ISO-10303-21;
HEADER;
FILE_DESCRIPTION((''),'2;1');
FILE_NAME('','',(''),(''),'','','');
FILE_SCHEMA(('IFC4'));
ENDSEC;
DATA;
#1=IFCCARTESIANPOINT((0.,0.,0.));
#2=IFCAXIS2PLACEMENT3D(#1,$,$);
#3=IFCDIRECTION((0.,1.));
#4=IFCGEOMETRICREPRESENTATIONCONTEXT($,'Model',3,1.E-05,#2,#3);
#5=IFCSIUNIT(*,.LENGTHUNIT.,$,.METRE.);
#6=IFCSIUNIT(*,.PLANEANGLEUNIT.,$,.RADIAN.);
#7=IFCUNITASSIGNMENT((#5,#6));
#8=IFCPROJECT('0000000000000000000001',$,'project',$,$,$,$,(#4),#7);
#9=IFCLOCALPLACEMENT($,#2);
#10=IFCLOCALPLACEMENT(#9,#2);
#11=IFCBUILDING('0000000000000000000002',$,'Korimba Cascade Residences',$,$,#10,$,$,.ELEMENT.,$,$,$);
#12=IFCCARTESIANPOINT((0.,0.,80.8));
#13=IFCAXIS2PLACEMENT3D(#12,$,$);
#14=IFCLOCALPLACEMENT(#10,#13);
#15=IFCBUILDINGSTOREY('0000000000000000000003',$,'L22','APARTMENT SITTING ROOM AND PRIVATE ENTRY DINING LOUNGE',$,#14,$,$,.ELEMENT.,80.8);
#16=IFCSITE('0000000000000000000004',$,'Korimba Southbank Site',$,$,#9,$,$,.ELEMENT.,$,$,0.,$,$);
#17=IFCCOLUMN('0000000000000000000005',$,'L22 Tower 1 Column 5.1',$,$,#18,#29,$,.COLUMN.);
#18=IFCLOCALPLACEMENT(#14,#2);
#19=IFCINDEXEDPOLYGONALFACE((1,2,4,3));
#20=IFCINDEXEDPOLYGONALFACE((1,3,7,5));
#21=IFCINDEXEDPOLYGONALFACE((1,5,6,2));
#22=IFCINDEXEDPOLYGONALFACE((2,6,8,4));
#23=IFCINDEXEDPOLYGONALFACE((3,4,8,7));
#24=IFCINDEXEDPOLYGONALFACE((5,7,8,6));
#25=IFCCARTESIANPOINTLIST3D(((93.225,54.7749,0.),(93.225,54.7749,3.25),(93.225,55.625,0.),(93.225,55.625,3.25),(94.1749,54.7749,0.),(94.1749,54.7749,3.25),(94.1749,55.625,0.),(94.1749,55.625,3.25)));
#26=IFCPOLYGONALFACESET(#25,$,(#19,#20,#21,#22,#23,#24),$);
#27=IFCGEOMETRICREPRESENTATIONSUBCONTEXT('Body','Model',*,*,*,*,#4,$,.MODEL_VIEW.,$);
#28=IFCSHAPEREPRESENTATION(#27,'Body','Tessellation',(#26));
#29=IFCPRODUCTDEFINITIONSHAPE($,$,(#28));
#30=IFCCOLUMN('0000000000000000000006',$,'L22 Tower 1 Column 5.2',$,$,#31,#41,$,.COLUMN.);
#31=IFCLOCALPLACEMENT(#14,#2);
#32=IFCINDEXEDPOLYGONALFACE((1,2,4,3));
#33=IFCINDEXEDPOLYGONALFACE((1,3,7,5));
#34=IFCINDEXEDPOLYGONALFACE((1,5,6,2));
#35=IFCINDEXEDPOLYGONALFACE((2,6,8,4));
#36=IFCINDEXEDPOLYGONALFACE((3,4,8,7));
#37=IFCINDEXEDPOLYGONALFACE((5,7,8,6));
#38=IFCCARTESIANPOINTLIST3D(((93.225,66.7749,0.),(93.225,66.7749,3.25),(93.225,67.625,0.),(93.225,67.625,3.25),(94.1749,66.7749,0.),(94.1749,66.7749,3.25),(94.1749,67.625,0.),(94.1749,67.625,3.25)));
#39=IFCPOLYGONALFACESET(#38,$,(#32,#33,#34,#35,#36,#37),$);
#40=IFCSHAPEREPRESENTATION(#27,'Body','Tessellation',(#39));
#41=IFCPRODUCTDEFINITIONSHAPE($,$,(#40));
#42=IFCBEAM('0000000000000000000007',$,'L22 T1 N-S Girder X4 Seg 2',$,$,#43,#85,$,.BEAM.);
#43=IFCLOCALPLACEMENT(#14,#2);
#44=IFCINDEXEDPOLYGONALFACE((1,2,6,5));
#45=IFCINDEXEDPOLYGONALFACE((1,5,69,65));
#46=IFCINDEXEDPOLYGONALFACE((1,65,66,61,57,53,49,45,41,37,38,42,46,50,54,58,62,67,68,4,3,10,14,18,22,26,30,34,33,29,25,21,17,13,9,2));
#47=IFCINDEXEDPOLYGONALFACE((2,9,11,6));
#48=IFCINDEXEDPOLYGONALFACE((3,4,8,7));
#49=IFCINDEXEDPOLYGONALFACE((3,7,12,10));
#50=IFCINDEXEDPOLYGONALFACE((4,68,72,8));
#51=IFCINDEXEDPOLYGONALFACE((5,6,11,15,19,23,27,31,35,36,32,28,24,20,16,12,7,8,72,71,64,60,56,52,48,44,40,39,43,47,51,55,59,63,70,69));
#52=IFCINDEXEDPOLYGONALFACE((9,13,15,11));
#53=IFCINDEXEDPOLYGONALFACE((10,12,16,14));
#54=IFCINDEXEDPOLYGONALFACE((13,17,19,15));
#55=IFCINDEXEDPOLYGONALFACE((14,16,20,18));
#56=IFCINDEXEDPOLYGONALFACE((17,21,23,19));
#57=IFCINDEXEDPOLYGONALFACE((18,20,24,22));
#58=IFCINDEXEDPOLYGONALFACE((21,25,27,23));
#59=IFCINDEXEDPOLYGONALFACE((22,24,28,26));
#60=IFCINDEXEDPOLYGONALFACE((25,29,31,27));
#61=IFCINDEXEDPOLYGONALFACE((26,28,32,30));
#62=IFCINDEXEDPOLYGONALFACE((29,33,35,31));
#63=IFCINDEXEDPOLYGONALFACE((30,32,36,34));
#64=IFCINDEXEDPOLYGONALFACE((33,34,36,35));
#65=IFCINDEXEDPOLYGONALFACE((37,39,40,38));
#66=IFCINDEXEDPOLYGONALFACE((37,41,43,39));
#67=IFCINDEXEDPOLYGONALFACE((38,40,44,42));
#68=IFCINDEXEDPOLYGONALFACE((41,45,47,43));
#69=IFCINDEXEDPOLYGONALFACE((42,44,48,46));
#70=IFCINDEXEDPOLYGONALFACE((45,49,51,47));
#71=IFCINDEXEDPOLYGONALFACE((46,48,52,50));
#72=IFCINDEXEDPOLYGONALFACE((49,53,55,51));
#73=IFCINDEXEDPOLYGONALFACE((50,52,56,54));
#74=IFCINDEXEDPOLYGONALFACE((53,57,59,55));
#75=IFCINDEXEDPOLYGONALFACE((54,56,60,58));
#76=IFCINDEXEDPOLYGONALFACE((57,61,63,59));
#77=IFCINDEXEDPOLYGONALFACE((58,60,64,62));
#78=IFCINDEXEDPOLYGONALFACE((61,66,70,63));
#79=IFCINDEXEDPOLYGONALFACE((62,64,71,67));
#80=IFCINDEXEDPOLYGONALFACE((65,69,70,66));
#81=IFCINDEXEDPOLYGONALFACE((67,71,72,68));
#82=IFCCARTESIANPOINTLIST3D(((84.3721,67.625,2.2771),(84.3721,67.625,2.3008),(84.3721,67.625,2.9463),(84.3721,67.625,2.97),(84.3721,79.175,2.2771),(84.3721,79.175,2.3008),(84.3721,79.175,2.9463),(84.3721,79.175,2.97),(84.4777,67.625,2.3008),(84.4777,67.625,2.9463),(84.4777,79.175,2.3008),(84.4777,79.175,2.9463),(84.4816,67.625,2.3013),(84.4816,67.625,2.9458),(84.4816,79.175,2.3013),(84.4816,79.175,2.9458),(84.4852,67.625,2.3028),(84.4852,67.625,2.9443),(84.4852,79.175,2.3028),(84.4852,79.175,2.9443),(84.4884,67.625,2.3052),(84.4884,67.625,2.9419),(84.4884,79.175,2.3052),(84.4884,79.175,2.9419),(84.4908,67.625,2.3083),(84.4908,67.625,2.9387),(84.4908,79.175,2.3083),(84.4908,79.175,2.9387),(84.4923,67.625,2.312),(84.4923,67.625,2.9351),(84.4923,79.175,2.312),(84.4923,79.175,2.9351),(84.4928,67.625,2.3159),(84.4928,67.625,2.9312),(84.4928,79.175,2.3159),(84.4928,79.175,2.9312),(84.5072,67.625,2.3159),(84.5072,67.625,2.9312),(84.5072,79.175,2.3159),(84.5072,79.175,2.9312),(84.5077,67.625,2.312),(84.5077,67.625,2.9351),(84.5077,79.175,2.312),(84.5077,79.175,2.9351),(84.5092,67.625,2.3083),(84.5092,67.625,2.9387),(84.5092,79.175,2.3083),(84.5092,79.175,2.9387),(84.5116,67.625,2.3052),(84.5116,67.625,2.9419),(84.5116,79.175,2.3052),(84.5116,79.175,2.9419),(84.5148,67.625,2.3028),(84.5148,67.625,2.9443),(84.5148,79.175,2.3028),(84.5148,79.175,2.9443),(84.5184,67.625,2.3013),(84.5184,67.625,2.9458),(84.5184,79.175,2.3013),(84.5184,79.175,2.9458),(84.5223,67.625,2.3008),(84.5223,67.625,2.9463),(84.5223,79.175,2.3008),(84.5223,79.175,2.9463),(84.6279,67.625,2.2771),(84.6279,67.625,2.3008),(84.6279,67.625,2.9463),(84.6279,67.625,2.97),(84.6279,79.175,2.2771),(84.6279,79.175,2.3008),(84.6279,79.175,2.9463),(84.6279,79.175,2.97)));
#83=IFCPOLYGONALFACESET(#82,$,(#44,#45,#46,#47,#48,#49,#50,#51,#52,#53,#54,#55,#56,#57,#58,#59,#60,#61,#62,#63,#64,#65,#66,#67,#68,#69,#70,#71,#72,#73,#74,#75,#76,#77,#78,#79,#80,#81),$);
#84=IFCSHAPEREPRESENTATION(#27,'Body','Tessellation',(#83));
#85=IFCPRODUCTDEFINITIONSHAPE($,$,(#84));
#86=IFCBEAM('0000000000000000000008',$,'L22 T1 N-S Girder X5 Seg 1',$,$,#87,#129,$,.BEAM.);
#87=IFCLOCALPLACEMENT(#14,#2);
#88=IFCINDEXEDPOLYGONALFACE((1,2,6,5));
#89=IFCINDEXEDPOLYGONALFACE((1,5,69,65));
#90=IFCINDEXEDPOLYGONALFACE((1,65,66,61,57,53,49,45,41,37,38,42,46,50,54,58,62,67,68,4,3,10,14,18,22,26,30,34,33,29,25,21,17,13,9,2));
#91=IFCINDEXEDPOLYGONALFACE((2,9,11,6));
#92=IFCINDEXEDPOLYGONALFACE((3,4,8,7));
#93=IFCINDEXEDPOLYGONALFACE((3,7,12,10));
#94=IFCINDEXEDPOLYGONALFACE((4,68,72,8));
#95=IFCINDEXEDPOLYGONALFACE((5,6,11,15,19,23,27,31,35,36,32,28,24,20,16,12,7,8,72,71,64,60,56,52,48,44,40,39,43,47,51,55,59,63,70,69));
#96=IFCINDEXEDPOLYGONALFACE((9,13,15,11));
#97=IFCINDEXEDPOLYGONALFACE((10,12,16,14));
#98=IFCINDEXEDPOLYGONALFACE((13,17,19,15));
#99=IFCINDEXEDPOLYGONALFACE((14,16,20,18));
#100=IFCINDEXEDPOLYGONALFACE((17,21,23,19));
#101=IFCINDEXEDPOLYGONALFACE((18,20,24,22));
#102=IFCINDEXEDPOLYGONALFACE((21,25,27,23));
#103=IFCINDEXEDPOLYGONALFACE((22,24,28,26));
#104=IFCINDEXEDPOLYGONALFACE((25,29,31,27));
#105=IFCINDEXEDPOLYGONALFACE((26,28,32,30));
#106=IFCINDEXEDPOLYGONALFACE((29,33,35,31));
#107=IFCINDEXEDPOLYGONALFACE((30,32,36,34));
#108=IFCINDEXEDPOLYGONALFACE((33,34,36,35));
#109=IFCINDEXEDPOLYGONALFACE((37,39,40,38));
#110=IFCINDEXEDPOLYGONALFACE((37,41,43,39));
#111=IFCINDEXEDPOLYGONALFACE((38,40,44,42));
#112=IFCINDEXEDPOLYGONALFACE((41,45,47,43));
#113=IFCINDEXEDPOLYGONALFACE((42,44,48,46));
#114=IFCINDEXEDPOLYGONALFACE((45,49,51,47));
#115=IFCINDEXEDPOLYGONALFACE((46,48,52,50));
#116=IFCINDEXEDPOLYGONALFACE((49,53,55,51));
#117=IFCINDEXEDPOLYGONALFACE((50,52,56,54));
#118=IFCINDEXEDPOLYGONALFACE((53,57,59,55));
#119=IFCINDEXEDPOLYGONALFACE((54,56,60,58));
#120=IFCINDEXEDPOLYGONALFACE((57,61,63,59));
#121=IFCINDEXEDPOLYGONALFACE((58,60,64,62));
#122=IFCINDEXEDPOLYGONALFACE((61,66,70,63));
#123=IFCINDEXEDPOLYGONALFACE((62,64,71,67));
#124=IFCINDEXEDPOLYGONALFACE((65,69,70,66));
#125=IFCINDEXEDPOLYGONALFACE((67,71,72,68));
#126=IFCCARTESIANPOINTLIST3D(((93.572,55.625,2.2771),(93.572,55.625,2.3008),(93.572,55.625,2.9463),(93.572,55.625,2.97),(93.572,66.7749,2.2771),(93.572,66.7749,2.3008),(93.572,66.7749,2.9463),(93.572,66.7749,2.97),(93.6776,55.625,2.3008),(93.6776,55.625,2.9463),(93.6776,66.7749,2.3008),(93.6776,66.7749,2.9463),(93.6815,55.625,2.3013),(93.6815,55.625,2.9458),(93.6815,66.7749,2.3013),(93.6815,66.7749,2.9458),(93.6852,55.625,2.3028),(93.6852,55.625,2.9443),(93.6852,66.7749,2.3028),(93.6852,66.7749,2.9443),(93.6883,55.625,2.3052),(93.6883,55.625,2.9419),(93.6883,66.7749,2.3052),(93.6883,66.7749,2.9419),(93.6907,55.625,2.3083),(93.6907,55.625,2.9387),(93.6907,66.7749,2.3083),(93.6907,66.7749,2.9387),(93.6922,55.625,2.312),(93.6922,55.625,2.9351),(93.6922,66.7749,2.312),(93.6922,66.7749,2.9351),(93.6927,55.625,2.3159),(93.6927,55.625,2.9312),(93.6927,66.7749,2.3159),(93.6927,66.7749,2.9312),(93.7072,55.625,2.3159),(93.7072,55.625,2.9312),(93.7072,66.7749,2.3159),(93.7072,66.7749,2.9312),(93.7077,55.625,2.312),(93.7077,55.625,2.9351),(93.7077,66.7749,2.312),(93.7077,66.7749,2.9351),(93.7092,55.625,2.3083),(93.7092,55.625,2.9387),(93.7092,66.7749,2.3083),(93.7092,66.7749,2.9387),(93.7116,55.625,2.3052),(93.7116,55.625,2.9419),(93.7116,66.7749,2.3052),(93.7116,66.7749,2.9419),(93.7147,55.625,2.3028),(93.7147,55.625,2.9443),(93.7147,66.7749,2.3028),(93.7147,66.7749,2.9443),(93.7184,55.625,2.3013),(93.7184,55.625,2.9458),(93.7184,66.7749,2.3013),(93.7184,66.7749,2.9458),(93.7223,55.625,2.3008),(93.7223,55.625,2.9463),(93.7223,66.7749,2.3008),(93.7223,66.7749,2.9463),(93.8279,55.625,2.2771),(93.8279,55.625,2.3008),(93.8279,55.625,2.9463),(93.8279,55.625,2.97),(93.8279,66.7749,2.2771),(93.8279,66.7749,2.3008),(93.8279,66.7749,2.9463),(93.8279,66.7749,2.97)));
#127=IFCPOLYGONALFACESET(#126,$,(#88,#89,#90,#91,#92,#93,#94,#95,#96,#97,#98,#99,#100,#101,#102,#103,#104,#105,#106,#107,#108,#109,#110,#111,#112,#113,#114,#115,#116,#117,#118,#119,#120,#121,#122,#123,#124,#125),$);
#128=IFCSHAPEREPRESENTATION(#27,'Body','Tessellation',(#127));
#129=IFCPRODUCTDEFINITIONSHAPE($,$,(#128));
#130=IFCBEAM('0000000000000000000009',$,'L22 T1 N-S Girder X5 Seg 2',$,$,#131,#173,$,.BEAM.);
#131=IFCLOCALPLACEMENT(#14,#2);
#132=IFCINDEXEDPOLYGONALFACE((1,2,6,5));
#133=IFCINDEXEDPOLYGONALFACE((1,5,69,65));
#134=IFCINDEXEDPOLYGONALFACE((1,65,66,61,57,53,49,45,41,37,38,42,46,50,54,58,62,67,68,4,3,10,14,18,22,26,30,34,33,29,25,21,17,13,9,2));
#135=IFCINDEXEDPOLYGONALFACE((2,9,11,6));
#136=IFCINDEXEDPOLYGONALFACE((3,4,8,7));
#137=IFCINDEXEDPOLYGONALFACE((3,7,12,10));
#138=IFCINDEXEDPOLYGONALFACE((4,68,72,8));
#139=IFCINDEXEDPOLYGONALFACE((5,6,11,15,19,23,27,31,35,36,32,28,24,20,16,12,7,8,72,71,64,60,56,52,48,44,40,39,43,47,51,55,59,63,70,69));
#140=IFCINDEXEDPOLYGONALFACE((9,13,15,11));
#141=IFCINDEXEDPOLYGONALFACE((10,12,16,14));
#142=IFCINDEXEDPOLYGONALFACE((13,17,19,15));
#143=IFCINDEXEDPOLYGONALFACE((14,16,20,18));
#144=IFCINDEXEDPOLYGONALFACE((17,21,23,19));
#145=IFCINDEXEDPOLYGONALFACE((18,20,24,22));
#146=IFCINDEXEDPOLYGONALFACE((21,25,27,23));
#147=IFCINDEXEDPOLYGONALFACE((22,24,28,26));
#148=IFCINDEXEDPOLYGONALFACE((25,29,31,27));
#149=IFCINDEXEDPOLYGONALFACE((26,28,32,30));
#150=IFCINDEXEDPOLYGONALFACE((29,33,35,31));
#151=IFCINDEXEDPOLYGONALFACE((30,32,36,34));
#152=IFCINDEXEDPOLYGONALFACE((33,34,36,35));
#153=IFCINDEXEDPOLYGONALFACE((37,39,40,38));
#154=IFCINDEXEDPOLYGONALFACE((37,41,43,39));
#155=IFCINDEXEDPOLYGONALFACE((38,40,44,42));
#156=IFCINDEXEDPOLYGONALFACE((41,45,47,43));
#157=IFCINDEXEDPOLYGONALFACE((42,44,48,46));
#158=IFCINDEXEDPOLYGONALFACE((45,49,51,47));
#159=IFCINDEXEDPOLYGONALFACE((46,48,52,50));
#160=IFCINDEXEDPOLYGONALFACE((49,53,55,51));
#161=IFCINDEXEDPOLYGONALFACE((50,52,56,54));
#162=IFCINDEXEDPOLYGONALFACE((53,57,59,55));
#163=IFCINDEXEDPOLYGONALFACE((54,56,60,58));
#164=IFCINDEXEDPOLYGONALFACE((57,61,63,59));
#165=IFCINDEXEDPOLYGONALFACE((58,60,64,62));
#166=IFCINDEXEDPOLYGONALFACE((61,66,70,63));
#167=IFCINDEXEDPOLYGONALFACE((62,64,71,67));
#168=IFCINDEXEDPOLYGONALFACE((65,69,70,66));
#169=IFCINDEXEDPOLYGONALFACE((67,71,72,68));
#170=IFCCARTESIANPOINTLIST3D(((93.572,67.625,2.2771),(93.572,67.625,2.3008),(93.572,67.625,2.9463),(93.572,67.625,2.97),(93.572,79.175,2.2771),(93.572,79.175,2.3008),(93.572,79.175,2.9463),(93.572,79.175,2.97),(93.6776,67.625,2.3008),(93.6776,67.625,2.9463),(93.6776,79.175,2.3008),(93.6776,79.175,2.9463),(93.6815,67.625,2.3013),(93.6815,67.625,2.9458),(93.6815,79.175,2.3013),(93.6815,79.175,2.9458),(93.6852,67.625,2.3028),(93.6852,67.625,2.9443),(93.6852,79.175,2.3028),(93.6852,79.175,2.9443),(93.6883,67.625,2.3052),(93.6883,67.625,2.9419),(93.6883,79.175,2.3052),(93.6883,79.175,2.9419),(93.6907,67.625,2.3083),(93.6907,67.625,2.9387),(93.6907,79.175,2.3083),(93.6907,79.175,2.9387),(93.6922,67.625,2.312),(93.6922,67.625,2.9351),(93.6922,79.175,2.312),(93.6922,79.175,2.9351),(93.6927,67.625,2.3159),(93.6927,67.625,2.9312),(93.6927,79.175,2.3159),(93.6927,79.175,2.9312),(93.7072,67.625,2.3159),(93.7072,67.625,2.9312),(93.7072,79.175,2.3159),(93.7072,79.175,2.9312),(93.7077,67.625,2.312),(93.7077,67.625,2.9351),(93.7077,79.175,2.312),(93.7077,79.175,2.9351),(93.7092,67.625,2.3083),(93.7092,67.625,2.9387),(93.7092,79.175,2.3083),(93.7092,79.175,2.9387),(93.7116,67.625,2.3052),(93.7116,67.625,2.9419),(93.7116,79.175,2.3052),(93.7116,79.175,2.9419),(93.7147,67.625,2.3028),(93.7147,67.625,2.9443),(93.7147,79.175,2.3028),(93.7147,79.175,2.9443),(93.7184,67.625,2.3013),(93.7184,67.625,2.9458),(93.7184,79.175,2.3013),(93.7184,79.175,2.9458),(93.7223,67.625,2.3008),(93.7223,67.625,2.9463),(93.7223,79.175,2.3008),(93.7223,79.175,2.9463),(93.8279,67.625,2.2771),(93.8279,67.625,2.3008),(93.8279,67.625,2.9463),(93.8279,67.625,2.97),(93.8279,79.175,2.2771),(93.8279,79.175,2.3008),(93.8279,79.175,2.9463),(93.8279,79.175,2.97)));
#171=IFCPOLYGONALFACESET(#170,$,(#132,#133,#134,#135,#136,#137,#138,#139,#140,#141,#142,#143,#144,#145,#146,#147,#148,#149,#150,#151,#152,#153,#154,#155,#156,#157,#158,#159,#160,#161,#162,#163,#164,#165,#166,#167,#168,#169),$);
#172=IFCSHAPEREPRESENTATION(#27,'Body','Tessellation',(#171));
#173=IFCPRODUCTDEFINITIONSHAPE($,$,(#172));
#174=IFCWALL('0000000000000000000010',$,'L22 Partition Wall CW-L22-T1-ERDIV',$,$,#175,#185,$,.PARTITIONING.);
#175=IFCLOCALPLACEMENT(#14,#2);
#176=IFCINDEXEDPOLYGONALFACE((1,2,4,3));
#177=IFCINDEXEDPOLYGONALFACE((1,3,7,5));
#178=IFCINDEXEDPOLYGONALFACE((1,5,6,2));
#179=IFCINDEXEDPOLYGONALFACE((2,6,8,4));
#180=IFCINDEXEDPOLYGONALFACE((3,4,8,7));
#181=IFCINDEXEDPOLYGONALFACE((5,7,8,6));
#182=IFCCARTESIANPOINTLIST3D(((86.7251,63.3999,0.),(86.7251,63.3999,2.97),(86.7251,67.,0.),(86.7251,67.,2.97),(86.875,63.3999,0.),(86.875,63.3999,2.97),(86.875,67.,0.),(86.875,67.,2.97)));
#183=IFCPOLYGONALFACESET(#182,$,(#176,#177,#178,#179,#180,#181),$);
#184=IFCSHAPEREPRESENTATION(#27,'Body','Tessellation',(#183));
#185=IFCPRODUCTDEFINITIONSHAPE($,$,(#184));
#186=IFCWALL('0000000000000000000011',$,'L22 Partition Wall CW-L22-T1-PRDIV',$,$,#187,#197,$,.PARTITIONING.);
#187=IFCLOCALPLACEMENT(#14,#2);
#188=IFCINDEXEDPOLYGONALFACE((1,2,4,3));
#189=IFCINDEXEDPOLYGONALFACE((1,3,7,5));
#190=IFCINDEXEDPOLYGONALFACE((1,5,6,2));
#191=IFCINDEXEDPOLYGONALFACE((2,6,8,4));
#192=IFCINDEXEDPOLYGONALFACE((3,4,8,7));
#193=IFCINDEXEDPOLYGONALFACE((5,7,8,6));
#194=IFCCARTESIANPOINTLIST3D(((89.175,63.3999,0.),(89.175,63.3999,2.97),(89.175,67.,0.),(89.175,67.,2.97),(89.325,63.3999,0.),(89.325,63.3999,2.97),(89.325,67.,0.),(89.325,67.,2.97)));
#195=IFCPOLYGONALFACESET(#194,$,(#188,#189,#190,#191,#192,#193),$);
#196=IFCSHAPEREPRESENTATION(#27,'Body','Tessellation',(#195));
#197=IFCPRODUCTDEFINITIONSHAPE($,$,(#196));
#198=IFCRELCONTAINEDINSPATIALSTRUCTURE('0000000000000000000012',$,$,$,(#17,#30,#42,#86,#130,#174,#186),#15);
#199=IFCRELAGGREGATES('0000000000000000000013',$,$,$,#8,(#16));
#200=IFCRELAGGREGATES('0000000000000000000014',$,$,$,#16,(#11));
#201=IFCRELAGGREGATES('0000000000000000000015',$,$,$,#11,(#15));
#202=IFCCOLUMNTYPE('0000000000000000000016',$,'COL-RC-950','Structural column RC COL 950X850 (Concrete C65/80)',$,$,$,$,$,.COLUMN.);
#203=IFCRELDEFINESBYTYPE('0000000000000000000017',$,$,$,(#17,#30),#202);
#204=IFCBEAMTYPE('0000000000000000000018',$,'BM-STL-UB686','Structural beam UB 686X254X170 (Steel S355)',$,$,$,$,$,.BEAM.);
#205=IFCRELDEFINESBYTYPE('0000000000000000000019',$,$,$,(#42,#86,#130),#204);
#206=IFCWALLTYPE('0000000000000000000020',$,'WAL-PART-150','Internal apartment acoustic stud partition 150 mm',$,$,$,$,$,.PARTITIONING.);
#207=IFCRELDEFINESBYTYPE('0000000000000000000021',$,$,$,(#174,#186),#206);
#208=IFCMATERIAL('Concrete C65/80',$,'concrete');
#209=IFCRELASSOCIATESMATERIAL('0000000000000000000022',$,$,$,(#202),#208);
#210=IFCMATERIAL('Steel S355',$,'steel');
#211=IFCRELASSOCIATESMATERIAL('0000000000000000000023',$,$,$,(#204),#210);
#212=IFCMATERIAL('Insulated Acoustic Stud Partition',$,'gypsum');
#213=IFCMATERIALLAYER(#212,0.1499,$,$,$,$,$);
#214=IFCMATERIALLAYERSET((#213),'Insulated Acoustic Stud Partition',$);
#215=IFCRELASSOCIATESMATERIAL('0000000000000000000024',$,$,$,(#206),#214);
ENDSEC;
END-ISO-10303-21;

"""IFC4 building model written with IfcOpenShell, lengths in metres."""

from ifc_helpers import new_model, si_unit, direction, frame, frame_2d, origin, origin_2d, place, context, subcontext, project, spatial, rectangle, i_section, extrude, material, layer, layer_set, material_profile, profile_set, type_object, element, save


model = new_model("IFC4")

# Units and contexts
model_context = context("Model", 3, precision=1e-05, world=origin(), true_north=direction((0.0, 1.0)))
body_context = subcontext(model_context, "Body", "Model", "MODEL_VIEW")
ifc_project = project(units=[si_unit("LENGTHUNIT", "METRE"), si_unit("PLANEANGLEUNIT", "RADIAN")], contexts=[model_context])

# Site, building, storey
site_placement = place(None, origin())
site = spatial("IfcSite", under=ifc_project, at=site_placement, Name="Korimba Southbank Site", CompositionType="ELEMENT", RefElevation=0.0)
building_placement = place(site_placement, origin())
building = spatial("IfcBuilding", under=site, at=building_placement, Name="Korimba Cascade Residences", CompositionType="ELEMENT")
storey_placement = place(building_placement, frame((0.0, 0.0, 80.8)))
storey = spatial("IfcBuildingStorey", under=building, at=storey_placement, Name="L22", Description="APARTMENT SITTING ROOM AND PRIVATE ENTRY DINING LOUNGE", CompositionType="ELEMENT", Elevation=80.8)

# Columns
ifc_material_1 = material(Name="Concrete C65/80", Category="concrete")
ifc_material_profile_1 = material_profile(ifc_material_1, rectangle(XDim=0.95, YDim=0.8501, at=origin_2d()), Name="Concrete C65/80")
ifc_profile_set_1 = profile_set([ifc_material_profile_1], Name="Concrete C65/80")
column_type = type_object("IfcColumnType", Name="COL-RC-950", Description="Structural column RC COL 950X850 (Concrete C65/80)", PredefinedType="COLUMN", material=ifc_profile_set_1)
for number, where, z_axis, x_axis, name in (
    (1, (93.7, 55.2, 0.0), (0.0, 0.0, 1.0), (1.0, 0.0, 0.0), "L22 Tower 1 Column 5.1"),
    (2, (93.7, 67.2, 0.0), (0.0, 0.0, 1.0), (1.0, 0.0, 0.0), "L22 Tower 1 Column 5.2"),
):
    element("IfcColumn", number, at=place(storey_placement, frame(where, z_axis=z_axis, x_axis=x_axis)), inside=storey, type_object=column_type, Name=name, PredefinedType="COLUMN", context=body_context, shape_type="SweptSolid", body=[
        extrude(rectangle(XDim=0.95, YDim=0.8501, at=origin_2d()), origin(), (0.0, 0.0, 1.0), 3.25),
    ])

# Beams
ifc_material_2 = material(Name="Steel S355", Category="steel")
ifc_material_profile_2 = material_profile(ifc_material_2, i_section(OverallWidth=0.2559, OverallDepth=0.6929, WebThickness=0.0144, FlangeThickness=0.0237, FilletRadius=0.0151, at=origin_2d()), Name="Steel S355")
ifc_profile_set_2 = profile_set([ifc_material_profile_2], Name="Steel S355")
beam_type = type_object("IfcBeamType", Name="BM-STL-UB686", Description="Structural beam UB 686X254X170 (Steel S355)", PredefinedType="BEAM", material=ifc_profile_set_2)
beam_1_placement = place(storey_placement, frame((84.5, 67.625, 2.6235), z_axis=(0.0, 1.0, 0.0), x_axis=(-1.0, 0.0, 0.0)))
element("IfcBeam", 3, at=beam_1_placement, inside=storey, type_object=beam_type, Name="L22 T1 N-S Girder X4 Seg 2", PredefinedType="BEAM", context=body_context, shape_type="SweptSolid", body=[
    extrude(i_section(OverallWidth=0.2559, OverallDepth=0.6929, WebThickness=0.0144, FlangeThickness=0.0237, FilletRadius=0.0151, at=origin_2d()), origin(), (0.0, 0.0, 1.0), 11.55),
])
beam_2_placement = place(storey_placement, frame((93.7, 55.625, 2.6235), z_axis=(0.0, 1.0, 0.0), x_axis=(-1.0, 0.0, 0.0)))
element("IfcBeam", 4, at=beam_2_placement, inside=storey, type_object=beam_type, Name="L22 T1 N-S Girder X5 Seg 1", PredefinedType="BEAM", context=body_context, shape_type="SweptSolid", body=[
    extrude(i_section(OverallWidth=0.2559, OverallDepth=0.6929, WebThickness=0.0144, FlangeThickness=0.0237, FilletRadius=0.0151, at=origin_2d()), origin(), (0.0, 0.0, 1.0), 11.1499),
])
beam_3_placement = place(storey_placement, frame((93.7, 67.625, 2.6235), z_axis=(0.0, 1.0, 0.0), x_axis=(-1.0, 0.0, 0.0)))
element("IfcBeam", 5, at=beam_3_placement, inside=storey, type_object=beam_type, Name="L22 T1 N-S Girder X5 Seg 2", PredefinedType="BEAM", context=body_context, shape_type="SweptSolid", body=[
    extrude(i_section(OverallWidth=0.2559, OverallDepth=0.6929, WebThickness=0.0144, FlangeThickness=0.0237, FilletRadius=0.0151, at=origin_2d()), origin(), (0.0, 0.0, 1.0), 11.55),
])

# Walls
ifc_material_3 = material(Name="Insulated Acoustic Stud Partition", Category="gypsum")
ifc_layer_1 = layer(ifc_material_3, 0.1499)
ifc_layer_set_1 = layer_set([ifc_layer_1], Name="Insulated Acoustic Stud Partition")
wall_type_1 = type_object("IfcWallType", Name="WAL-PART-150", Description="Internal apartment acoustic stud partition 150 mm", PredefinedType="PARTITIONING", material=ifc_layer_set_1)
for number, where, z_axis, x_axis, name in (
    (6, (86.8, 63.3999, 0.0), (0.0, 0.0, 1.0), (0.0, 1.0, 0.0), "L22 Partition Wall CW-L22-T1-ERDIV"),
    (7, (89.25, 63.3999, 0.0), (0.0, 0.0, 1.0), (0.0, 1.0, 0.0), "L22 Partition Wall CW-L22-T1-PRDIV"),
):
    element("IfcWall", number, at=place(storey_placement, frame(where, z_axis=z_axis, x_axis=x_axis)), inside=storey, type_object=wall_type_1, Name=name, PredefinedType="PARTITIONING", context=body_context, shape_type="SweptSolid", body=[
        extrude(rectangle(XDim=3.6001, YDim=0.1499, at=frame_2d((1.8, 0.0))), origin(), (0.0, 0.0, 1.0), 2.97),
    ])

save(model, "model.ifc")
